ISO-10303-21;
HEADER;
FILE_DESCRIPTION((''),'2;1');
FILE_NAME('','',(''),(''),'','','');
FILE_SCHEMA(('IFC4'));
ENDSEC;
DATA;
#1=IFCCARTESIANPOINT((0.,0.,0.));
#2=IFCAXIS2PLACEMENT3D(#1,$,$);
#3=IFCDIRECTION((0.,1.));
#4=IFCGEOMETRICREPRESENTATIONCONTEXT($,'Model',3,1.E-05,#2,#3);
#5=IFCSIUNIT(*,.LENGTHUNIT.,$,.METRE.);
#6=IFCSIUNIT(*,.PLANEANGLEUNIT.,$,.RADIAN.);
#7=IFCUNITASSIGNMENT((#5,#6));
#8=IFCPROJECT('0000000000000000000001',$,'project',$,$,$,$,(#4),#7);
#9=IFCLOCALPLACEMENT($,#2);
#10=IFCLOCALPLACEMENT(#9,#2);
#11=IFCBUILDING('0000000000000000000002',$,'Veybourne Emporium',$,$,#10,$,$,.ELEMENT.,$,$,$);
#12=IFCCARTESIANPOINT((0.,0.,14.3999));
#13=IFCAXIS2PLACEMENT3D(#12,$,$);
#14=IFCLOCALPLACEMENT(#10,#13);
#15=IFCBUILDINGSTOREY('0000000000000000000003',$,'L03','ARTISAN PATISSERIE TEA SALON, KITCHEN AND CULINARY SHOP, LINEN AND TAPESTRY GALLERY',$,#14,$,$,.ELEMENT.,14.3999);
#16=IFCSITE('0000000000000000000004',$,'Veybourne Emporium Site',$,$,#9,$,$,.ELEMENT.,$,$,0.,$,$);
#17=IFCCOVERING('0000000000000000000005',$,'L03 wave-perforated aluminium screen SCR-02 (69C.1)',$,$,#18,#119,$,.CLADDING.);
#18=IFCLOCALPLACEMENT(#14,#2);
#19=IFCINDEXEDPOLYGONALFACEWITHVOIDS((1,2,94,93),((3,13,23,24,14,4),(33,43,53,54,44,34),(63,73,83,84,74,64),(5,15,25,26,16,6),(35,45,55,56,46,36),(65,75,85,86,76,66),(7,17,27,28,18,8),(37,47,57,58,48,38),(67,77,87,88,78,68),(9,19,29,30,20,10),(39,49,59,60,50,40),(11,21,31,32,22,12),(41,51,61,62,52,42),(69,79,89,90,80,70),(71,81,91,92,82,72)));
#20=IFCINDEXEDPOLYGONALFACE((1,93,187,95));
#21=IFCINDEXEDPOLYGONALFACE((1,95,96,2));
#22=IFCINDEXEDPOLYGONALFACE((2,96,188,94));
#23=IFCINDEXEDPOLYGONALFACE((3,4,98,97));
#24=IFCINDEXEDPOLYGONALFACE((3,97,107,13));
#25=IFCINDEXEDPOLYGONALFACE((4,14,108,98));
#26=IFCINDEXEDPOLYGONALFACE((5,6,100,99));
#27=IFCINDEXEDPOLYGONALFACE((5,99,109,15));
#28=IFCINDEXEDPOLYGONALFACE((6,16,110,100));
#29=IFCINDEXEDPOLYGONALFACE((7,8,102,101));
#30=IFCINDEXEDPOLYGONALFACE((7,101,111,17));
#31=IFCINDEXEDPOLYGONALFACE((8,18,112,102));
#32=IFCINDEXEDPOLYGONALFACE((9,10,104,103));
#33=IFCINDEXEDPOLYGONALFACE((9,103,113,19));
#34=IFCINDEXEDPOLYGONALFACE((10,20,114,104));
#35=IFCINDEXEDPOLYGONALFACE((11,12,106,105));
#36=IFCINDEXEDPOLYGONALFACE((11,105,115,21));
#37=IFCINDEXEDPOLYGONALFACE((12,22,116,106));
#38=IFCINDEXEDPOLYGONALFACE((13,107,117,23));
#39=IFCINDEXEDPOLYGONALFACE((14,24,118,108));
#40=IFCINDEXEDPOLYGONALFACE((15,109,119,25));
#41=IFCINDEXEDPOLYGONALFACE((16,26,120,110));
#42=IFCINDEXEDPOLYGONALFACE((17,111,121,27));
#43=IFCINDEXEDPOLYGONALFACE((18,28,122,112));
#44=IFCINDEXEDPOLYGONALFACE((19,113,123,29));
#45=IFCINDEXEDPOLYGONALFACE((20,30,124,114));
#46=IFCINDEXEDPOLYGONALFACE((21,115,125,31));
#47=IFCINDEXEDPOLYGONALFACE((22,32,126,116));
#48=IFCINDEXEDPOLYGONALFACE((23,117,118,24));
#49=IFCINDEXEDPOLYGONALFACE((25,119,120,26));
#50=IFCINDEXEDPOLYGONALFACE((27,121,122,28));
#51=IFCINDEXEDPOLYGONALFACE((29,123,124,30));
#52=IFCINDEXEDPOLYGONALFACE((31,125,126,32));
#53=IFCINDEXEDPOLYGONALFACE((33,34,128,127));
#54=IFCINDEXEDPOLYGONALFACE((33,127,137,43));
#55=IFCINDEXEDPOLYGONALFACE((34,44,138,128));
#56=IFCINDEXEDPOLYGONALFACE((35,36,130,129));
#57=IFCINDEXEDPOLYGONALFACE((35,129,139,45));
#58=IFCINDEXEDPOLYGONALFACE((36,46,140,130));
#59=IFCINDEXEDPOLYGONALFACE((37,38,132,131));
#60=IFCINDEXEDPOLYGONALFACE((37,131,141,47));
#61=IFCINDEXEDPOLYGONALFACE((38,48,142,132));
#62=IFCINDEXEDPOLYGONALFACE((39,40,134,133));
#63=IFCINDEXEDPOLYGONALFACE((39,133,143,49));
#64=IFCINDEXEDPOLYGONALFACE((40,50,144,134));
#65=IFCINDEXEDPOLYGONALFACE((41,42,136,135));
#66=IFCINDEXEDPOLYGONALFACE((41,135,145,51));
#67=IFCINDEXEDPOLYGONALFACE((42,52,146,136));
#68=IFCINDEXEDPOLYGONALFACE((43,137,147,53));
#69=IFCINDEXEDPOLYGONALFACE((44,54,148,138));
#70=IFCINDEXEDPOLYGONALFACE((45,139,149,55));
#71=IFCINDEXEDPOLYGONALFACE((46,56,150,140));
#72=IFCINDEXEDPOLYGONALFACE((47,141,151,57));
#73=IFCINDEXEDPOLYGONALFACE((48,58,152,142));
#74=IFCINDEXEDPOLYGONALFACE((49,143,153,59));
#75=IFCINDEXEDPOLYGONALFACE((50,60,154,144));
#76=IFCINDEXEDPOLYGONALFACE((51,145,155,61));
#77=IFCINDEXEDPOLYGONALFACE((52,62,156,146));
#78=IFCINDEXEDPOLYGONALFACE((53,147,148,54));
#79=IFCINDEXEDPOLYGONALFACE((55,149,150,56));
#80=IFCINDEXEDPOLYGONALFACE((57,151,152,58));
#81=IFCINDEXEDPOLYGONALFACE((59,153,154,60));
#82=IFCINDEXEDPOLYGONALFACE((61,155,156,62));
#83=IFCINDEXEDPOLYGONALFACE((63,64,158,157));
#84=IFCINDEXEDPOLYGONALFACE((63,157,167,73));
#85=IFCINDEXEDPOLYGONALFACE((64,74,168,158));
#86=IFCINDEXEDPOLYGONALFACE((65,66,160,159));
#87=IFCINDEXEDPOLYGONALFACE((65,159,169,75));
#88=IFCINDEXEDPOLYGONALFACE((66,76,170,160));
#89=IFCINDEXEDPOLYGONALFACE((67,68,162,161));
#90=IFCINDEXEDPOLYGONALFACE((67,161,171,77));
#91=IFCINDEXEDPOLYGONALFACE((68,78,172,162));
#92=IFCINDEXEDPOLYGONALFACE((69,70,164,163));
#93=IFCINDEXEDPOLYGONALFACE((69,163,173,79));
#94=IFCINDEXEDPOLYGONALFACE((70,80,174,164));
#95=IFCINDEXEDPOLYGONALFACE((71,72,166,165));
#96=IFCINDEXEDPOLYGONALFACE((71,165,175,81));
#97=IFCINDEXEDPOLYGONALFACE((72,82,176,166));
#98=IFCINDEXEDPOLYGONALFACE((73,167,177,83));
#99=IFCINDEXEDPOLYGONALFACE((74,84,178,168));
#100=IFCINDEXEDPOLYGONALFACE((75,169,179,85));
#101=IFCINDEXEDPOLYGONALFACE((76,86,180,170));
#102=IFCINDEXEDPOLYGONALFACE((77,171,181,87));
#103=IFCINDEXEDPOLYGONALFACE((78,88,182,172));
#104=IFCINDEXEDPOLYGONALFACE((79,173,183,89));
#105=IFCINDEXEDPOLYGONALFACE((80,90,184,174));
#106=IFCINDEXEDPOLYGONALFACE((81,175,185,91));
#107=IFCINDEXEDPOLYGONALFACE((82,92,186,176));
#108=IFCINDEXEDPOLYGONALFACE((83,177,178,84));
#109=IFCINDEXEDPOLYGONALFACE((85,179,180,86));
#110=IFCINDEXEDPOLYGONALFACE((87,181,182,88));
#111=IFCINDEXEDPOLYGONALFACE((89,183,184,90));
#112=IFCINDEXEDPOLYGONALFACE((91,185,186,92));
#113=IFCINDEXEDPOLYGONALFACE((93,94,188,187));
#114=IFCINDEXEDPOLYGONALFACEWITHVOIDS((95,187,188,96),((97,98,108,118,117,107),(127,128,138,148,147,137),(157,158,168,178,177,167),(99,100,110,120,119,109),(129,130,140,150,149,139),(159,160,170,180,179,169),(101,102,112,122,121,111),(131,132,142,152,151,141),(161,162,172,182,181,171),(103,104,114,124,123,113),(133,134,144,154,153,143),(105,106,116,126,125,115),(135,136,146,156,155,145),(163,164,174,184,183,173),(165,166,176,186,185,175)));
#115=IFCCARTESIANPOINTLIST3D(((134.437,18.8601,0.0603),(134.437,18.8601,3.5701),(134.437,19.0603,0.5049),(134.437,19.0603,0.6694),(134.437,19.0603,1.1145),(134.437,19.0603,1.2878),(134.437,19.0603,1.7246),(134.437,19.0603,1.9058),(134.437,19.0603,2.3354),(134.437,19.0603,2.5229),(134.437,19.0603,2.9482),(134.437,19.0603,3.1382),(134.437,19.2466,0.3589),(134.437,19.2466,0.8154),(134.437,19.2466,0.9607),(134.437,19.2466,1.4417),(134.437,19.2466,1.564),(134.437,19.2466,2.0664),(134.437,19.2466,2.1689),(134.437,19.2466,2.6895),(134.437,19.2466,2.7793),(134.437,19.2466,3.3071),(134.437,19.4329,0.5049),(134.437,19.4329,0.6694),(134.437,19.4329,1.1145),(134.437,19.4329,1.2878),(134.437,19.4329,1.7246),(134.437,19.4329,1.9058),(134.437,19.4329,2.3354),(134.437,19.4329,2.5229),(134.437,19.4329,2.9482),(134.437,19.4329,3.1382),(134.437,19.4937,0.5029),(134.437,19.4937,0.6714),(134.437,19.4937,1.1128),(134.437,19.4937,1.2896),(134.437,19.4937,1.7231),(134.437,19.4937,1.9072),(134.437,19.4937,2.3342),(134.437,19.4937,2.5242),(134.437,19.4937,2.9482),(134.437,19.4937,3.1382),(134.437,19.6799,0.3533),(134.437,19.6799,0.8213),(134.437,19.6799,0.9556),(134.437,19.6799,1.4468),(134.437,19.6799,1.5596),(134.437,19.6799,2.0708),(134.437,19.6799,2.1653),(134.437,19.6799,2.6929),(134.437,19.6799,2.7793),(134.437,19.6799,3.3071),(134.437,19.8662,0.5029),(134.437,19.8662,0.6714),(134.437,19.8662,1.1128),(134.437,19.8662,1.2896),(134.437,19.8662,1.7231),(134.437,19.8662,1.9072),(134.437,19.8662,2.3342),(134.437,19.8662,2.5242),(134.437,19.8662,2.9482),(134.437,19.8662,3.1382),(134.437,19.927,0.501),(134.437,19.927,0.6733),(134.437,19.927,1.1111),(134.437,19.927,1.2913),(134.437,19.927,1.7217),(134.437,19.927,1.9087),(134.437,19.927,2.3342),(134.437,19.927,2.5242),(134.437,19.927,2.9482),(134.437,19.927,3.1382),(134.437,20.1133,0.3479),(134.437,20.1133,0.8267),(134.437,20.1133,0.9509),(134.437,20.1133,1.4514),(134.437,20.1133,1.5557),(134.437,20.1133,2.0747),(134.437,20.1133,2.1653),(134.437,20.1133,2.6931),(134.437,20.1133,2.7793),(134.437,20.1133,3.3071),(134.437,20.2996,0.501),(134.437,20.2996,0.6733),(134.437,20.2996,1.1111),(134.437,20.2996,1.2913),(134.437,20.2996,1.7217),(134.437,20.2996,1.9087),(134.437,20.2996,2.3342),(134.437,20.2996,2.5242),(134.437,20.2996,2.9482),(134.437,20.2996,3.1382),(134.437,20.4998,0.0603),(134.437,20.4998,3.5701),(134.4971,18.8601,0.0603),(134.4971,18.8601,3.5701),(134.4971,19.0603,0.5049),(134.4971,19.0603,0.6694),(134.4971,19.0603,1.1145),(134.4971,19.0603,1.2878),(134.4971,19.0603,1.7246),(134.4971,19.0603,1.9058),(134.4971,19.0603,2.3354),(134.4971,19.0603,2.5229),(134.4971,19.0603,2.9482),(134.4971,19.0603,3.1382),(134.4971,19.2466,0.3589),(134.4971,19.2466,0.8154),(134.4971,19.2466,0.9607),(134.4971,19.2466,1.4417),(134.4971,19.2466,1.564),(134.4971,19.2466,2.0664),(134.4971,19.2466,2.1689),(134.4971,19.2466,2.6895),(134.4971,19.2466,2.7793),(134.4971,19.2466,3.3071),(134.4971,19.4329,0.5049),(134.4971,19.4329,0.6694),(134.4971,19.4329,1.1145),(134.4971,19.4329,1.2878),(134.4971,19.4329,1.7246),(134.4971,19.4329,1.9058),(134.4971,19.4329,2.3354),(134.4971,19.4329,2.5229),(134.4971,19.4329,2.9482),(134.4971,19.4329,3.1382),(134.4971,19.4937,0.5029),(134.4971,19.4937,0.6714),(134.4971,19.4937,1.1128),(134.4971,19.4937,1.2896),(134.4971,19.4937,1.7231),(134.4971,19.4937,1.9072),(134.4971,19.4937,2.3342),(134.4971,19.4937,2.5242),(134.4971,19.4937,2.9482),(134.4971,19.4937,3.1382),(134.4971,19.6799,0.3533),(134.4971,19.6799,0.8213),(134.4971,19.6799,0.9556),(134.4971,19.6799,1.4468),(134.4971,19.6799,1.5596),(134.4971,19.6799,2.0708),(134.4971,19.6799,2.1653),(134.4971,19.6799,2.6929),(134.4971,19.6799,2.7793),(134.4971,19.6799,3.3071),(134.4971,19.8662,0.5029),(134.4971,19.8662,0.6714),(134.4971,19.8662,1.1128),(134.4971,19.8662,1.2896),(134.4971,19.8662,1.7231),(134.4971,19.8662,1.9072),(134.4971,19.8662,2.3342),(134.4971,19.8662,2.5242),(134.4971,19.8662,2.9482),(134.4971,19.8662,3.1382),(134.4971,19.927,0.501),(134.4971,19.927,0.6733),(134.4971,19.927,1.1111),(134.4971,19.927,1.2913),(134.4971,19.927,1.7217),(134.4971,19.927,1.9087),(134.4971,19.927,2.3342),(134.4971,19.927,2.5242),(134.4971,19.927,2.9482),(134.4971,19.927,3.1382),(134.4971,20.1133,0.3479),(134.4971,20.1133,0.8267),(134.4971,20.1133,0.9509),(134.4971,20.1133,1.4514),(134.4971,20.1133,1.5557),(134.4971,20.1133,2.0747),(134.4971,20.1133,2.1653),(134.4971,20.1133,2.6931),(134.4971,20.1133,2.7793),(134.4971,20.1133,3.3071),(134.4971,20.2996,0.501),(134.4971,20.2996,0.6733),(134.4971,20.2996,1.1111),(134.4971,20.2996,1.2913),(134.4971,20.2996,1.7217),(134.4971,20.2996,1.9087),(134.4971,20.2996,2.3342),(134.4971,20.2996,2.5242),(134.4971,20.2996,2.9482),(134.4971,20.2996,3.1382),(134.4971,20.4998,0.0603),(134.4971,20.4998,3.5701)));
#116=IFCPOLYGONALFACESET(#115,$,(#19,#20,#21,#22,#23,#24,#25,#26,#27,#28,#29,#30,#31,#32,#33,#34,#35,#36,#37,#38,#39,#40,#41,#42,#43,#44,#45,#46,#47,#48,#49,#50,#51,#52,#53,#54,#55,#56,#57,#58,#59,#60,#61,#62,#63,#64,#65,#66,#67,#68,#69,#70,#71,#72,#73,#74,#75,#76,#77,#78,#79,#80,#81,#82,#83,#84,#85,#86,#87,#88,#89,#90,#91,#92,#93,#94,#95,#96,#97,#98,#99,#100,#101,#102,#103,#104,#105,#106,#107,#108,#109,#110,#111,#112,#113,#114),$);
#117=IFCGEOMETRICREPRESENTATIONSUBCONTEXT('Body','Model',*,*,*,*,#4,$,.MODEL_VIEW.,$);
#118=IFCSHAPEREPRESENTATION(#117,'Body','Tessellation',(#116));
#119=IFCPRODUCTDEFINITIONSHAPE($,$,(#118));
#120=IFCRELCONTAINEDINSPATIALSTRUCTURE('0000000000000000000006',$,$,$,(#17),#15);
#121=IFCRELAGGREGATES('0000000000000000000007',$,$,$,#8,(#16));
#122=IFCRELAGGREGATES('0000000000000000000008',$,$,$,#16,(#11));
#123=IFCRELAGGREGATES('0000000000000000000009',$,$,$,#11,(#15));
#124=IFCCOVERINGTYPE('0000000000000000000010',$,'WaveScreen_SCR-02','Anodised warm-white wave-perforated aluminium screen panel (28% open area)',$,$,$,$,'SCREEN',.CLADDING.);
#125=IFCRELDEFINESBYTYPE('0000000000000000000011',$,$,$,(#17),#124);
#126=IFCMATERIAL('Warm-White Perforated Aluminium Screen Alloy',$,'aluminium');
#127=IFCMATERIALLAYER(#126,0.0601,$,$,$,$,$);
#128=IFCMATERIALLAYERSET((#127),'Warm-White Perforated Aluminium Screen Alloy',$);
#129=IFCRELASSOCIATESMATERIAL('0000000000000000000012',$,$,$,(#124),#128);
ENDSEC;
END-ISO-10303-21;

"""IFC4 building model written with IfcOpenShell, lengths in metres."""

from ifc_helpers import new_model, si_unit, direction, frame, origin, place, context, subcontext, project, spatial, polyline, outline, extrude, material, layer, layer_set, type_object, element, save


model = new_model("IFC4")

# Units and contexts
model_context = context("Model", 3, precision=1e-05, world=origin(), true_north=direction((0.0, 1.0)))
body_context = subcontext(model_context, "Body", "Model", "MODEL_VIEW")
ifc_project = project(units=[si_unit("LENGTHUNIT", "METRE"), si_unit("PLANEANGLEUNIT", "RADIAN")], contexts=[model_context])

# Site, building, storey
site_placement = place(None, origin())
site = spatial("IfcSite", under=ifc_project, at=site_placement, Name="Veybourne Emporium Site", CompositionType="ELEMENT", RefElevation=0.0)
building_placement = place(site_placement, origin())
building = spatial("IfcBuilding", under=site, at=building_placement, Name="Veybourne Emporium", CompositionType="ELEMENT")
storey_placement = place(building_placement, frame((0.0, 0.0, 14.3999)))
storey = spatial("IfcBuildingStorey", under=building, at=storey_placement, Name="L03", Description="ARTISAN PATISSERIE TEA SALON, KITCHEN AND CULINARY SHOP, LINEN AND TAPESTRY GALLERY", CompositionType="ELEMENT", Elevation=14.3999)

# Covering
ifc_material_1 = material(Name="Warm-White Perforated Aluminium Screen Alloy", Category="aluminium")
ifc_layer_1 = layer(ifc_material_1, 0.0601)
ifc_layer_set_1 = layer_set([ifc_layer_1], Name="Warm-White Perforated Aluminium Screen Alloy")
covering_type_1 = type_object("IfcCoveringType", Name="WaveScreen_SCR-02", Description="Anodised warm-white wave-perforated aluminium screen panel (28% open area)", ElementType="SCREEN", PredefinedType="CLADDING", material=ifc_layer_set_1)
covering_1_placement = place(storey_placement, frame((134.4971, 19.6799, 1.8152), z_axis=(-1.0, 0.0, 0.0), x_axis=(0.0, -1.0, 0.0)))
element("IfcCovering", 1, at=covering_1_placement, inside=storey, type_object=covering_type_1, Name="L03 wave-perforated aluminium screen SCR-02 (69C.1)", PredefinedType="CLADDING", context=body_context, shape_type="SweptSolid", body=[
    extrude(outline(polyline([(-0.8198, -1.7549), (0.8198, -1.7549), (0.8198, 1.7549), (-0.8198, 1.7549), (-0.8198, -1.7549)]), holes=[polyline([(-0.4333, -0.9885), (-0.2471, -1.1418), (-0.2471, -1.3142), (-0.4333, -1.4673), (-0.6196, -1.3142), (-0.6196, -1.1418), (-0.4333, -0.9885)]), polyline([(-0.4333, -0.3638), (-0.2471, -0.5239), (-0.2471, -0.7041), (-0.4333, -0.8643), (-0.6196, -0.7041), (-0.6196, -0.5239), (-0.4333, -0.3638)]), polyline([(-0.4333, 0.2595), (-0.2471, 0.0935), (-0.2471, -0.0935), (-0.4333, -0.2595), (-0.6196, -0.0935), (-0.6196, 0.0935), (-0.4333, 0.2595)]), polyline([(-0.4333, 0.8779), (-0.2471, 0.709), (-0.2471, 0.519), (-0.4333, 0.3501), (-0.6196, 0.519), (-0.6196, 0.709), (-0.4333, 0.8779)]), polyline([(-0.4333, 1.4919), (-0.2471, 1.323), (-0.2471, 1.1331), (-0.4333, 0.9641), (-0.6196, 1.1331), (-0.6196, 1.323), (-0.4333, 1.4919)]), polyline([(0.0, -0.9939), (0.1863, -1.1438), (0.1863, -1.3123), (0.0, -1.4619), (-0.1863, -1.3123), (-0.1863, -1.1438), (0.0, -0.9939)]), polyline([(0.0, -0.3684), (0.1863, -0.5256), (0.1863, -0.7024), (0.0, -0.8596), (-0.1863, -0.7024), (-0.1863, -0.5256), (0.0, -0.3684)]), polyline([(0.0, 0.2556), (0.1863, 0.092), (0.1863, -0.092), (0.0, -0.2556), (-0.1863, -0.092), (-0.1863, 0.092), (0.0, 0.2556)]), polyline([(0.0, 0.8777), (0.1863, 0.709), (0.1863, 0.519), (0.0, 0.3501), (-0.1863, 0.519), (-0.1863, 0.709), (0.0, 0.8777)]), polyline([(0.0, 1.4919), (0.1863, 1.323), (0.1863, 1.1331), (0.0, 0.9641), (-0.1863, 1.1331), (-0.1863, 1.323), (0.0, 1.4919)]), polyline([(0.4333, -0.9998), (0.6196, -1.1458), (0.6196, -1.3103), (0.4333, -1.4563), (0.2471, -1.3103), (0.2471, -1.1458), (0.4333, -0.9998)]), polyline([(0.4333, -0.3735), (0.6196, -0.5273), (0.6196, -0.7007), (0.4333, -0.8545), (0.2471, -0.7007), (0.2471, -0.5273), (0.4333, -0.3735)]), polyline([(0.4333, 0.2512), (0.6196, 0.0906), (0.6196, -0.0906), (0.4333, -0.2512), (0.2471, -0.0906), (0.2471, 0.0906), (0.4333, 0.2512)]), polyline([(0.4333, 0.8743), (0.6196, 0.7078), (0.6196, 0.5203), (0.4333, 0.3538), (0.2471, 0.5203), (0.2471, 0.7078), (0.4333, 0.8743)]), polyline([(0.4333, 1.4919), (0.6196, 1.323), (0.6196, 1.1331), (0.4333, 0.9641), (0.2471, 1.1331), (0.2471, 1.323), (0.4333, 1.4919)])]), origin(), (0.0, 0.0, 1.0), 0.0601),
])

save(model, "model.ifc")
